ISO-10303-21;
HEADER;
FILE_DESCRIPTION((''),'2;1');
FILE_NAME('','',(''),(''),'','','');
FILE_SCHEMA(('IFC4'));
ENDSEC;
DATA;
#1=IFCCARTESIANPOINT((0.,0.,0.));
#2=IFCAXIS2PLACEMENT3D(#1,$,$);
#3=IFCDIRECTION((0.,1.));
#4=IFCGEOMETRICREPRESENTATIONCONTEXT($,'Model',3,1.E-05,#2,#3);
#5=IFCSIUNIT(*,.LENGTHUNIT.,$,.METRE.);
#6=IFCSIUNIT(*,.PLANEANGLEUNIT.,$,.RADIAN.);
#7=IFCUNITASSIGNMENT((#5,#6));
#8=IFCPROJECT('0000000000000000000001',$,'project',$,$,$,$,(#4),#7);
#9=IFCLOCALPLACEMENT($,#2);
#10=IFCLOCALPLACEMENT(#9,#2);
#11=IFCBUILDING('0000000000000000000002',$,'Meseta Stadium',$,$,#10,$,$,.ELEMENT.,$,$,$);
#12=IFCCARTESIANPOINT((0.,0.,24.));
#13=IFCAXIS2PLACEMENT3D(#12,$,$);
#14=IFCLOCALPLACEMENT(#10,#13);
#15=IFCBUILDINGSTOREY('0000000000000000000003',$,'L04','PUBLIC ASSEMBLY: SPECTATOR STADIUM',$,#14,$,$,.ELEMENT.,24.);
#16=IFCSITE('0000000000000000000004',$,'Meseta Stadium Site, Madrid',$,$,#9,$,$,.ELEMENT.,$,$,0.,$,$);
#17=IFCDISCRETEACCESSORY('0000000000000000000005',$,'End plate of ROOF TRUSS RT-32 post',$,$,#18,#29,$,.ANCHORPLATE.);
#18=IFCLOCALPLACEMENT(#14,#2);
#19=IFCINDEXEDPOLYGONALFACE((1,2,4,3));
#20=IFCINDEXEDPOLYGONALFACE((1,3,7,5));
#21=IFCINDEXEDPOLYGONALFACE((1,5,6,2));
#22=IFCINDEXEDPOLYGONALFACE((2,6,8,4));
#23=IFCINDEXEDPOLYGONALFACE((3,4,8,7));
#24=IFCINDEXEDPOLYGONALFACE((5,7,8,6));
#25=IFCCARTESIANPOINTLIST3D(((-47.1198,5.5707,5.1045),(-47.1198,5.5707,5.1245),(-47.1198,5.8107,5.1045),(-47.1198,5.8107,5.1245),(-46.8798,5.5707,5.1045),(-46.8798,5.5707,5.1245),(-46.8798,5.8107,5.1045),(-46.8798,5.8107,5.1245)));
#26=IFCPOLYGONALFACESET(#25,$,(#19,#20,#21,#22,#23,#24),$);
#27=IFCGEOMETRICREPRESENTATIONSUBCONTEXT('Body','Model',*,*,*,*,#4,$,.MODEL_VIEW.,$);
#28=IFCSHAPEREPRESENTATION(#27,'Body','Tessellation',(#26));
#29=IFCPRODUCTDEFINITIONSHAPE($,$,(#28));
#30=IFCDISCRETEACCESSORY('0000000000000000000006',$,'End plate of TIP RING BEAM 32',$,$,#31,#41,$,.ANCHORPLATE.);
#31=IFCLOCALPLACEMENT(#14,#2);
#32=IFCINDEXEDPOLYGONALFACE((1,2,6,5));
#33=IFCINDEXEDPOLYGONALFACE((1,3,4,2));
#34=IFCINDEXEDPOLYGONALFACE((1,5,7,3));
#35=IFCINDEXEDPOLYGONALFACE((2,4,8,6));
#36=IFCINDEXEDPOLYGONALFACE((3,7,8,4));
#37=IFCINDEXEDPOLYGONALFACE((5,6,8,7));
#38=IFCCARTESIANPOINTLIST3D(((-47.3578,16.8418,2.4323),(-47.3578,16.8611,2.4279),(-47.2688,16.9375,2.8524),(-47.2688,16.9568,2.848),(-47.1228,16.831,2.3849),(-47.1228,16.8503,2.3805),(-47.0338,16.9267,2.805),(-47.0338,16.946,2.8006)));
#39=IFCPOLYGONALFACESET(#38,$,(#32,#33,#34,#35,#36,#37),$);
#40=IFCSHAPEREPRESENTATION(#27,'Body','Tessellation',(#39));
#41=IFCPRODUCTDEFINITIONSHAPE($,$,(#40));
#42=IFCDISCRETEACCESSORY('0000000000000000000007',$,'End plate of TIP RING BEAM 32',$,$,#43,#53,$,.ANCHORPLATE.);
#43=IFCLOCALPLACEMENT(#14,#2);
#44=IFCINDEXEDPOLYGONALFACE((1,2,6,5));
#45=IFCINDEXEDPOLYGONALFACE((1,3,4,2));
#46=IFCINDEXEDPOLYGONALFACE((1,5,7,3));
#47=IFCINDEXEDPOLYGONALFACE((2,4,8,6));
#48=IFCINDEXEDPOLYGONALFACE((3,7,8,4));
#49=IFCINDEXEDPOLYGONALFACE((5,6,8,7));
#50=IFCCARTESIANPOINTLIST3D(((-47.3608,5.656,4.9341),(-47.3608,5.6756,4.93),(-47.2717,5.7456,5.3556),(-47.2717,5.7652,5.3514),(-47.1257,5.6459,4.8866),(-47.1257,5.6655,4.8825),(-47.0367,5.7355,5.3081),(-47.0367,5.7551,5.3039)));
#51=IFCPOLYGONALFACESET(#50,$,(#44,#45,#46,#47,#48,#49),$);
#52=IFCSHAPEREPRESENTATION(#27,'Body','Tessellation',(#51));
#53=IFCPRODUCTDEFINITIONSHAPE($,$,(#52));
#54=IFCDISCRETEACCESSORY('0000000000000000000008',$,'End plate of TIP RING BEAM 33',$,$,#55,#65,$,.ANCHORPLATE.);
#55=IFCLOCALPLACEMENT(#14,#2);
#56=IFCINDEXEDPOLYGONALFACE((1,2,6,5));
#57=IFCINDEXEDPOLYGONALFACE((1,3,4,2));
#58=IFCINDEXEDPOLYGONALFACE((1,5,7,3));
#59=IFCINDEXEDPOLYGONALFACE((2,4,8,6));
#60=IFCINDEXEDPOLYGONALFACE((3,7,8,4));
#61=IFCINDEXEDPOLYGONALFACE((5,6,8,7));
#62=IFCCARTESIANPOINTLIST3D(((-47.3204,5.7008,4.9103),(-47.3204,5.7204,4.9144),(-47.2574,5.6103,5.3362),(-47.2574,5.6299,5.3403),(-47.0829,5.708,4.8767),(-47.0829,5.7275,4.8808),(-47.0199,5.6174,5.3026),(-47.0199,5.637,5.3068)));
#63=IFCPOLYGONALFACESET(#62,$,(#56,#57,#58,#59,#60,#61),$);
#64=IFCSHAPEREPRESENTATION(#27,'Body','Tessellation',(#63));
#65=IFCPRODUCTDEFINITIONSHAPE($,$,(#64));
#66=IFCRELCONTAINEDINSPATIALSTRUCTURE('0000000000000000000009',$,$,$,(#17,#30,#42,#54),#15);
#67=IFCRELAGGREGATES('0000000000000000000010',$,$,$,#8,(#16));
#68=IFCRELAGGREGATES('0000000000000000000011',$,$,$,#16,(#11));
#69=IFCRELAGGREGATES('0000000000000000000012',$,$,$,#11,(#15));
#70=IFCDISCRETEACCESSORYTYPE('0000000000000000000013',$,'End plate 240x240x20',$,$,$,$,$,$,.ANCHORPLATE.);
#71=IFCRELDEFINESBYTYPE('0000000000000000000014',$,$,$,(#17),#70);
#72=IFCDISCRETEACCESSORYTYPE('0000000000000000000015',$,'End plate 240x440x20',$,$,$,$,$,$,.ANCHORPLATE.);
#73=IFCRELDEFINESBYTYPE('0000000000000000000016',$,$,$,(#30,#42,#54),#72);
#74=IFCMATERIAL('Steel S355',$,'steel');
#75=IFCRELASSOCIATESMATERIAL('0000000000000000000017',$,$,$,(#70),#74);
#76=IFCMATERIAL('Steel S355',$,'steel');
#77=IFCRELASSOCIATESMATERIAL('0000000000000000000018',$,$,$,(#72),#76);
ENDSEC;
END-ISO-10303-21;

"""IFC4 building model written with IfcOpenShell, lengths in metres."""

from ifc_helpers import new_model, si_unit, direction, frame, origin, origin_2d, place, context, subcontext, project, spatial, rectangle, extrude, material, material_profile, profile_set, type_object, element, save


model = new_model("IFC4")

# Units and contexts
model_context = context("Model", 3, precision=1e-05, world=origin(), true_north=direction((0.0, 1.0)))
body_context = subcontext(model_context, "Body", "Model", "MODEL_VIEW")
ifc_project = project(units=[si_unit("LENGTHUNIT", "METRE"), si_unit("PLANEANGLEUNIT", "RADIAN")], contexts=[model_context])

# Site, building, storey
site_placement = place(None, origin())
site = spatial("IfcSite", under=ifc_project, at=site_placement, Name="Meseta Stadium Site, Madrid", CompositionType="ELEMENT", RefElevation=0.0)
building_placement = place(site_placement, origin())
building = spatial("IfcBuilding", under=site, at=building_placement, Name="Meseta Stadium", CompositionType="ELEMENT")
storey_placement = place(building_placement, frame((0.0, 0.0, 24.0)))
storey = spatial("IfcBuildingStorey", under=building, at=storey_placement, Name="L04", Description="PUBLIC ASSEMBLY: SPECTATOR STADIUM", CompositionType="ELEMENT", Elevation=24.0)

# Discrete accessories
ifc_material_1 = material(Name="Steel S355", Category="steel")
ifc_material_profile_1 = material_profile(ifc_material_1, rectangle(XDim=0.24, YDim=0.24, at=origin_2d()), Name="PL 240x240")
ifc_profile_set_1 = profile_set([ifc_material_profile_1], Name="Steel S355")
discrete_accessory_type_1 = type_object("IfcDiscreteAccessoryType", Name="End plate 240x240x20", PredefinedType="ANCHORPLATE", material=ifc_profile_set_1)
for number, where, z_axis, x_axis, name in (
    (1, (-46.9998, 5.6907, 5.1045), (0.0, 0.0, 1.0), (1.0, 0.0, 0.0), "End plate of ROOF TRUSS RT-32 post"),
):
    element("IfcDiscreteAccessory", number, at=place(storey_placement, frame(where, z_axis=z_axis, x_axis=x_axis)), inside=storey, type_object=discrete_accessory_type_1, Name=name, PredefinedType="ANCHORPLATE", context=body_context, shape_type="SweptSolid", body=[
        extrude(rectangle(XDim=0.24, YDim=0.24, at=origin_2d()), origin(), (0.0, 0.0, 1.0), 0.02),
    ])
ifc_material_2 = material(Name="Steel S355", Category="steel")
ifc_material_profile_2 = material_profile(ifc_material_2, rectangle(XDim=0.24, YDim=0.4399, at=origin_2d()), Name="PL 240x440")
ifc_profile_set_2 = profile_set([ifc_material_profile_2], Name="Steel S355")
discrete_accessory_type_2 = type_object("IfcDiscreteAccessoryType", Name="End plate 240x440x20", PredefinedType="ANCHORPLATE", material=ifc_profile_set_2)
discrete_accessory_1_placement = place(storey_placement, frame((-47.1958, 16.9036, 2.6143), z_axis=(0.0, -0.975011, 0.222155), x_axis=(0.979312, -0.044955, -0.197301)))
element("IfcDiscreteAccessory", 2, at=discrete_accessory_1_placement, inside=storey, type_object=discrete_accessory_type_2, Name="End plate of TIP RING BEAM 32", PredefinedType="ANCHORPLATE", context=body_context, shape_type="SweptSolid", body=[
    extrude(rectangle(XDim=0.24, YDim=0.4399, at=origin_2d()), origin(), (0.0, 0.0, 1.0), 0.0198),
])
for number, where, z_axis, x_axis, name in (
    (3, (-47.1987, 5.7153, 5.1169), (0.0, -0.978159, 0.207859), (0.979312, -0.042062, -0.197938), "End plate of TIP RING BEAM 32"),
    (4, (-47.1702, 5.6787, 5.1106), (0.0, -0.978159, -0.207859), (0.989708, 0.029745, -0.139977), "End plate of TIP RING BEAM 33"),
):
    element("IfcDiscreteAccessory", number, at=place(storey_placement, frame(where, z_axis=z_axis, x_axis=x_axis)), inside=storey, type_object=discrete_accessory_type_2, Name=name, PredefinedType="ANCHORPLATE", context=body_context, shape_type="SweptSolid", body=[
        extrude(rectangle(XDim=0.24, YDim=0.4399, at=origin_2d()), origin(), (0.0, 0.0, 1.0), 0.02),
    ])

save(model, "model.ifc")
